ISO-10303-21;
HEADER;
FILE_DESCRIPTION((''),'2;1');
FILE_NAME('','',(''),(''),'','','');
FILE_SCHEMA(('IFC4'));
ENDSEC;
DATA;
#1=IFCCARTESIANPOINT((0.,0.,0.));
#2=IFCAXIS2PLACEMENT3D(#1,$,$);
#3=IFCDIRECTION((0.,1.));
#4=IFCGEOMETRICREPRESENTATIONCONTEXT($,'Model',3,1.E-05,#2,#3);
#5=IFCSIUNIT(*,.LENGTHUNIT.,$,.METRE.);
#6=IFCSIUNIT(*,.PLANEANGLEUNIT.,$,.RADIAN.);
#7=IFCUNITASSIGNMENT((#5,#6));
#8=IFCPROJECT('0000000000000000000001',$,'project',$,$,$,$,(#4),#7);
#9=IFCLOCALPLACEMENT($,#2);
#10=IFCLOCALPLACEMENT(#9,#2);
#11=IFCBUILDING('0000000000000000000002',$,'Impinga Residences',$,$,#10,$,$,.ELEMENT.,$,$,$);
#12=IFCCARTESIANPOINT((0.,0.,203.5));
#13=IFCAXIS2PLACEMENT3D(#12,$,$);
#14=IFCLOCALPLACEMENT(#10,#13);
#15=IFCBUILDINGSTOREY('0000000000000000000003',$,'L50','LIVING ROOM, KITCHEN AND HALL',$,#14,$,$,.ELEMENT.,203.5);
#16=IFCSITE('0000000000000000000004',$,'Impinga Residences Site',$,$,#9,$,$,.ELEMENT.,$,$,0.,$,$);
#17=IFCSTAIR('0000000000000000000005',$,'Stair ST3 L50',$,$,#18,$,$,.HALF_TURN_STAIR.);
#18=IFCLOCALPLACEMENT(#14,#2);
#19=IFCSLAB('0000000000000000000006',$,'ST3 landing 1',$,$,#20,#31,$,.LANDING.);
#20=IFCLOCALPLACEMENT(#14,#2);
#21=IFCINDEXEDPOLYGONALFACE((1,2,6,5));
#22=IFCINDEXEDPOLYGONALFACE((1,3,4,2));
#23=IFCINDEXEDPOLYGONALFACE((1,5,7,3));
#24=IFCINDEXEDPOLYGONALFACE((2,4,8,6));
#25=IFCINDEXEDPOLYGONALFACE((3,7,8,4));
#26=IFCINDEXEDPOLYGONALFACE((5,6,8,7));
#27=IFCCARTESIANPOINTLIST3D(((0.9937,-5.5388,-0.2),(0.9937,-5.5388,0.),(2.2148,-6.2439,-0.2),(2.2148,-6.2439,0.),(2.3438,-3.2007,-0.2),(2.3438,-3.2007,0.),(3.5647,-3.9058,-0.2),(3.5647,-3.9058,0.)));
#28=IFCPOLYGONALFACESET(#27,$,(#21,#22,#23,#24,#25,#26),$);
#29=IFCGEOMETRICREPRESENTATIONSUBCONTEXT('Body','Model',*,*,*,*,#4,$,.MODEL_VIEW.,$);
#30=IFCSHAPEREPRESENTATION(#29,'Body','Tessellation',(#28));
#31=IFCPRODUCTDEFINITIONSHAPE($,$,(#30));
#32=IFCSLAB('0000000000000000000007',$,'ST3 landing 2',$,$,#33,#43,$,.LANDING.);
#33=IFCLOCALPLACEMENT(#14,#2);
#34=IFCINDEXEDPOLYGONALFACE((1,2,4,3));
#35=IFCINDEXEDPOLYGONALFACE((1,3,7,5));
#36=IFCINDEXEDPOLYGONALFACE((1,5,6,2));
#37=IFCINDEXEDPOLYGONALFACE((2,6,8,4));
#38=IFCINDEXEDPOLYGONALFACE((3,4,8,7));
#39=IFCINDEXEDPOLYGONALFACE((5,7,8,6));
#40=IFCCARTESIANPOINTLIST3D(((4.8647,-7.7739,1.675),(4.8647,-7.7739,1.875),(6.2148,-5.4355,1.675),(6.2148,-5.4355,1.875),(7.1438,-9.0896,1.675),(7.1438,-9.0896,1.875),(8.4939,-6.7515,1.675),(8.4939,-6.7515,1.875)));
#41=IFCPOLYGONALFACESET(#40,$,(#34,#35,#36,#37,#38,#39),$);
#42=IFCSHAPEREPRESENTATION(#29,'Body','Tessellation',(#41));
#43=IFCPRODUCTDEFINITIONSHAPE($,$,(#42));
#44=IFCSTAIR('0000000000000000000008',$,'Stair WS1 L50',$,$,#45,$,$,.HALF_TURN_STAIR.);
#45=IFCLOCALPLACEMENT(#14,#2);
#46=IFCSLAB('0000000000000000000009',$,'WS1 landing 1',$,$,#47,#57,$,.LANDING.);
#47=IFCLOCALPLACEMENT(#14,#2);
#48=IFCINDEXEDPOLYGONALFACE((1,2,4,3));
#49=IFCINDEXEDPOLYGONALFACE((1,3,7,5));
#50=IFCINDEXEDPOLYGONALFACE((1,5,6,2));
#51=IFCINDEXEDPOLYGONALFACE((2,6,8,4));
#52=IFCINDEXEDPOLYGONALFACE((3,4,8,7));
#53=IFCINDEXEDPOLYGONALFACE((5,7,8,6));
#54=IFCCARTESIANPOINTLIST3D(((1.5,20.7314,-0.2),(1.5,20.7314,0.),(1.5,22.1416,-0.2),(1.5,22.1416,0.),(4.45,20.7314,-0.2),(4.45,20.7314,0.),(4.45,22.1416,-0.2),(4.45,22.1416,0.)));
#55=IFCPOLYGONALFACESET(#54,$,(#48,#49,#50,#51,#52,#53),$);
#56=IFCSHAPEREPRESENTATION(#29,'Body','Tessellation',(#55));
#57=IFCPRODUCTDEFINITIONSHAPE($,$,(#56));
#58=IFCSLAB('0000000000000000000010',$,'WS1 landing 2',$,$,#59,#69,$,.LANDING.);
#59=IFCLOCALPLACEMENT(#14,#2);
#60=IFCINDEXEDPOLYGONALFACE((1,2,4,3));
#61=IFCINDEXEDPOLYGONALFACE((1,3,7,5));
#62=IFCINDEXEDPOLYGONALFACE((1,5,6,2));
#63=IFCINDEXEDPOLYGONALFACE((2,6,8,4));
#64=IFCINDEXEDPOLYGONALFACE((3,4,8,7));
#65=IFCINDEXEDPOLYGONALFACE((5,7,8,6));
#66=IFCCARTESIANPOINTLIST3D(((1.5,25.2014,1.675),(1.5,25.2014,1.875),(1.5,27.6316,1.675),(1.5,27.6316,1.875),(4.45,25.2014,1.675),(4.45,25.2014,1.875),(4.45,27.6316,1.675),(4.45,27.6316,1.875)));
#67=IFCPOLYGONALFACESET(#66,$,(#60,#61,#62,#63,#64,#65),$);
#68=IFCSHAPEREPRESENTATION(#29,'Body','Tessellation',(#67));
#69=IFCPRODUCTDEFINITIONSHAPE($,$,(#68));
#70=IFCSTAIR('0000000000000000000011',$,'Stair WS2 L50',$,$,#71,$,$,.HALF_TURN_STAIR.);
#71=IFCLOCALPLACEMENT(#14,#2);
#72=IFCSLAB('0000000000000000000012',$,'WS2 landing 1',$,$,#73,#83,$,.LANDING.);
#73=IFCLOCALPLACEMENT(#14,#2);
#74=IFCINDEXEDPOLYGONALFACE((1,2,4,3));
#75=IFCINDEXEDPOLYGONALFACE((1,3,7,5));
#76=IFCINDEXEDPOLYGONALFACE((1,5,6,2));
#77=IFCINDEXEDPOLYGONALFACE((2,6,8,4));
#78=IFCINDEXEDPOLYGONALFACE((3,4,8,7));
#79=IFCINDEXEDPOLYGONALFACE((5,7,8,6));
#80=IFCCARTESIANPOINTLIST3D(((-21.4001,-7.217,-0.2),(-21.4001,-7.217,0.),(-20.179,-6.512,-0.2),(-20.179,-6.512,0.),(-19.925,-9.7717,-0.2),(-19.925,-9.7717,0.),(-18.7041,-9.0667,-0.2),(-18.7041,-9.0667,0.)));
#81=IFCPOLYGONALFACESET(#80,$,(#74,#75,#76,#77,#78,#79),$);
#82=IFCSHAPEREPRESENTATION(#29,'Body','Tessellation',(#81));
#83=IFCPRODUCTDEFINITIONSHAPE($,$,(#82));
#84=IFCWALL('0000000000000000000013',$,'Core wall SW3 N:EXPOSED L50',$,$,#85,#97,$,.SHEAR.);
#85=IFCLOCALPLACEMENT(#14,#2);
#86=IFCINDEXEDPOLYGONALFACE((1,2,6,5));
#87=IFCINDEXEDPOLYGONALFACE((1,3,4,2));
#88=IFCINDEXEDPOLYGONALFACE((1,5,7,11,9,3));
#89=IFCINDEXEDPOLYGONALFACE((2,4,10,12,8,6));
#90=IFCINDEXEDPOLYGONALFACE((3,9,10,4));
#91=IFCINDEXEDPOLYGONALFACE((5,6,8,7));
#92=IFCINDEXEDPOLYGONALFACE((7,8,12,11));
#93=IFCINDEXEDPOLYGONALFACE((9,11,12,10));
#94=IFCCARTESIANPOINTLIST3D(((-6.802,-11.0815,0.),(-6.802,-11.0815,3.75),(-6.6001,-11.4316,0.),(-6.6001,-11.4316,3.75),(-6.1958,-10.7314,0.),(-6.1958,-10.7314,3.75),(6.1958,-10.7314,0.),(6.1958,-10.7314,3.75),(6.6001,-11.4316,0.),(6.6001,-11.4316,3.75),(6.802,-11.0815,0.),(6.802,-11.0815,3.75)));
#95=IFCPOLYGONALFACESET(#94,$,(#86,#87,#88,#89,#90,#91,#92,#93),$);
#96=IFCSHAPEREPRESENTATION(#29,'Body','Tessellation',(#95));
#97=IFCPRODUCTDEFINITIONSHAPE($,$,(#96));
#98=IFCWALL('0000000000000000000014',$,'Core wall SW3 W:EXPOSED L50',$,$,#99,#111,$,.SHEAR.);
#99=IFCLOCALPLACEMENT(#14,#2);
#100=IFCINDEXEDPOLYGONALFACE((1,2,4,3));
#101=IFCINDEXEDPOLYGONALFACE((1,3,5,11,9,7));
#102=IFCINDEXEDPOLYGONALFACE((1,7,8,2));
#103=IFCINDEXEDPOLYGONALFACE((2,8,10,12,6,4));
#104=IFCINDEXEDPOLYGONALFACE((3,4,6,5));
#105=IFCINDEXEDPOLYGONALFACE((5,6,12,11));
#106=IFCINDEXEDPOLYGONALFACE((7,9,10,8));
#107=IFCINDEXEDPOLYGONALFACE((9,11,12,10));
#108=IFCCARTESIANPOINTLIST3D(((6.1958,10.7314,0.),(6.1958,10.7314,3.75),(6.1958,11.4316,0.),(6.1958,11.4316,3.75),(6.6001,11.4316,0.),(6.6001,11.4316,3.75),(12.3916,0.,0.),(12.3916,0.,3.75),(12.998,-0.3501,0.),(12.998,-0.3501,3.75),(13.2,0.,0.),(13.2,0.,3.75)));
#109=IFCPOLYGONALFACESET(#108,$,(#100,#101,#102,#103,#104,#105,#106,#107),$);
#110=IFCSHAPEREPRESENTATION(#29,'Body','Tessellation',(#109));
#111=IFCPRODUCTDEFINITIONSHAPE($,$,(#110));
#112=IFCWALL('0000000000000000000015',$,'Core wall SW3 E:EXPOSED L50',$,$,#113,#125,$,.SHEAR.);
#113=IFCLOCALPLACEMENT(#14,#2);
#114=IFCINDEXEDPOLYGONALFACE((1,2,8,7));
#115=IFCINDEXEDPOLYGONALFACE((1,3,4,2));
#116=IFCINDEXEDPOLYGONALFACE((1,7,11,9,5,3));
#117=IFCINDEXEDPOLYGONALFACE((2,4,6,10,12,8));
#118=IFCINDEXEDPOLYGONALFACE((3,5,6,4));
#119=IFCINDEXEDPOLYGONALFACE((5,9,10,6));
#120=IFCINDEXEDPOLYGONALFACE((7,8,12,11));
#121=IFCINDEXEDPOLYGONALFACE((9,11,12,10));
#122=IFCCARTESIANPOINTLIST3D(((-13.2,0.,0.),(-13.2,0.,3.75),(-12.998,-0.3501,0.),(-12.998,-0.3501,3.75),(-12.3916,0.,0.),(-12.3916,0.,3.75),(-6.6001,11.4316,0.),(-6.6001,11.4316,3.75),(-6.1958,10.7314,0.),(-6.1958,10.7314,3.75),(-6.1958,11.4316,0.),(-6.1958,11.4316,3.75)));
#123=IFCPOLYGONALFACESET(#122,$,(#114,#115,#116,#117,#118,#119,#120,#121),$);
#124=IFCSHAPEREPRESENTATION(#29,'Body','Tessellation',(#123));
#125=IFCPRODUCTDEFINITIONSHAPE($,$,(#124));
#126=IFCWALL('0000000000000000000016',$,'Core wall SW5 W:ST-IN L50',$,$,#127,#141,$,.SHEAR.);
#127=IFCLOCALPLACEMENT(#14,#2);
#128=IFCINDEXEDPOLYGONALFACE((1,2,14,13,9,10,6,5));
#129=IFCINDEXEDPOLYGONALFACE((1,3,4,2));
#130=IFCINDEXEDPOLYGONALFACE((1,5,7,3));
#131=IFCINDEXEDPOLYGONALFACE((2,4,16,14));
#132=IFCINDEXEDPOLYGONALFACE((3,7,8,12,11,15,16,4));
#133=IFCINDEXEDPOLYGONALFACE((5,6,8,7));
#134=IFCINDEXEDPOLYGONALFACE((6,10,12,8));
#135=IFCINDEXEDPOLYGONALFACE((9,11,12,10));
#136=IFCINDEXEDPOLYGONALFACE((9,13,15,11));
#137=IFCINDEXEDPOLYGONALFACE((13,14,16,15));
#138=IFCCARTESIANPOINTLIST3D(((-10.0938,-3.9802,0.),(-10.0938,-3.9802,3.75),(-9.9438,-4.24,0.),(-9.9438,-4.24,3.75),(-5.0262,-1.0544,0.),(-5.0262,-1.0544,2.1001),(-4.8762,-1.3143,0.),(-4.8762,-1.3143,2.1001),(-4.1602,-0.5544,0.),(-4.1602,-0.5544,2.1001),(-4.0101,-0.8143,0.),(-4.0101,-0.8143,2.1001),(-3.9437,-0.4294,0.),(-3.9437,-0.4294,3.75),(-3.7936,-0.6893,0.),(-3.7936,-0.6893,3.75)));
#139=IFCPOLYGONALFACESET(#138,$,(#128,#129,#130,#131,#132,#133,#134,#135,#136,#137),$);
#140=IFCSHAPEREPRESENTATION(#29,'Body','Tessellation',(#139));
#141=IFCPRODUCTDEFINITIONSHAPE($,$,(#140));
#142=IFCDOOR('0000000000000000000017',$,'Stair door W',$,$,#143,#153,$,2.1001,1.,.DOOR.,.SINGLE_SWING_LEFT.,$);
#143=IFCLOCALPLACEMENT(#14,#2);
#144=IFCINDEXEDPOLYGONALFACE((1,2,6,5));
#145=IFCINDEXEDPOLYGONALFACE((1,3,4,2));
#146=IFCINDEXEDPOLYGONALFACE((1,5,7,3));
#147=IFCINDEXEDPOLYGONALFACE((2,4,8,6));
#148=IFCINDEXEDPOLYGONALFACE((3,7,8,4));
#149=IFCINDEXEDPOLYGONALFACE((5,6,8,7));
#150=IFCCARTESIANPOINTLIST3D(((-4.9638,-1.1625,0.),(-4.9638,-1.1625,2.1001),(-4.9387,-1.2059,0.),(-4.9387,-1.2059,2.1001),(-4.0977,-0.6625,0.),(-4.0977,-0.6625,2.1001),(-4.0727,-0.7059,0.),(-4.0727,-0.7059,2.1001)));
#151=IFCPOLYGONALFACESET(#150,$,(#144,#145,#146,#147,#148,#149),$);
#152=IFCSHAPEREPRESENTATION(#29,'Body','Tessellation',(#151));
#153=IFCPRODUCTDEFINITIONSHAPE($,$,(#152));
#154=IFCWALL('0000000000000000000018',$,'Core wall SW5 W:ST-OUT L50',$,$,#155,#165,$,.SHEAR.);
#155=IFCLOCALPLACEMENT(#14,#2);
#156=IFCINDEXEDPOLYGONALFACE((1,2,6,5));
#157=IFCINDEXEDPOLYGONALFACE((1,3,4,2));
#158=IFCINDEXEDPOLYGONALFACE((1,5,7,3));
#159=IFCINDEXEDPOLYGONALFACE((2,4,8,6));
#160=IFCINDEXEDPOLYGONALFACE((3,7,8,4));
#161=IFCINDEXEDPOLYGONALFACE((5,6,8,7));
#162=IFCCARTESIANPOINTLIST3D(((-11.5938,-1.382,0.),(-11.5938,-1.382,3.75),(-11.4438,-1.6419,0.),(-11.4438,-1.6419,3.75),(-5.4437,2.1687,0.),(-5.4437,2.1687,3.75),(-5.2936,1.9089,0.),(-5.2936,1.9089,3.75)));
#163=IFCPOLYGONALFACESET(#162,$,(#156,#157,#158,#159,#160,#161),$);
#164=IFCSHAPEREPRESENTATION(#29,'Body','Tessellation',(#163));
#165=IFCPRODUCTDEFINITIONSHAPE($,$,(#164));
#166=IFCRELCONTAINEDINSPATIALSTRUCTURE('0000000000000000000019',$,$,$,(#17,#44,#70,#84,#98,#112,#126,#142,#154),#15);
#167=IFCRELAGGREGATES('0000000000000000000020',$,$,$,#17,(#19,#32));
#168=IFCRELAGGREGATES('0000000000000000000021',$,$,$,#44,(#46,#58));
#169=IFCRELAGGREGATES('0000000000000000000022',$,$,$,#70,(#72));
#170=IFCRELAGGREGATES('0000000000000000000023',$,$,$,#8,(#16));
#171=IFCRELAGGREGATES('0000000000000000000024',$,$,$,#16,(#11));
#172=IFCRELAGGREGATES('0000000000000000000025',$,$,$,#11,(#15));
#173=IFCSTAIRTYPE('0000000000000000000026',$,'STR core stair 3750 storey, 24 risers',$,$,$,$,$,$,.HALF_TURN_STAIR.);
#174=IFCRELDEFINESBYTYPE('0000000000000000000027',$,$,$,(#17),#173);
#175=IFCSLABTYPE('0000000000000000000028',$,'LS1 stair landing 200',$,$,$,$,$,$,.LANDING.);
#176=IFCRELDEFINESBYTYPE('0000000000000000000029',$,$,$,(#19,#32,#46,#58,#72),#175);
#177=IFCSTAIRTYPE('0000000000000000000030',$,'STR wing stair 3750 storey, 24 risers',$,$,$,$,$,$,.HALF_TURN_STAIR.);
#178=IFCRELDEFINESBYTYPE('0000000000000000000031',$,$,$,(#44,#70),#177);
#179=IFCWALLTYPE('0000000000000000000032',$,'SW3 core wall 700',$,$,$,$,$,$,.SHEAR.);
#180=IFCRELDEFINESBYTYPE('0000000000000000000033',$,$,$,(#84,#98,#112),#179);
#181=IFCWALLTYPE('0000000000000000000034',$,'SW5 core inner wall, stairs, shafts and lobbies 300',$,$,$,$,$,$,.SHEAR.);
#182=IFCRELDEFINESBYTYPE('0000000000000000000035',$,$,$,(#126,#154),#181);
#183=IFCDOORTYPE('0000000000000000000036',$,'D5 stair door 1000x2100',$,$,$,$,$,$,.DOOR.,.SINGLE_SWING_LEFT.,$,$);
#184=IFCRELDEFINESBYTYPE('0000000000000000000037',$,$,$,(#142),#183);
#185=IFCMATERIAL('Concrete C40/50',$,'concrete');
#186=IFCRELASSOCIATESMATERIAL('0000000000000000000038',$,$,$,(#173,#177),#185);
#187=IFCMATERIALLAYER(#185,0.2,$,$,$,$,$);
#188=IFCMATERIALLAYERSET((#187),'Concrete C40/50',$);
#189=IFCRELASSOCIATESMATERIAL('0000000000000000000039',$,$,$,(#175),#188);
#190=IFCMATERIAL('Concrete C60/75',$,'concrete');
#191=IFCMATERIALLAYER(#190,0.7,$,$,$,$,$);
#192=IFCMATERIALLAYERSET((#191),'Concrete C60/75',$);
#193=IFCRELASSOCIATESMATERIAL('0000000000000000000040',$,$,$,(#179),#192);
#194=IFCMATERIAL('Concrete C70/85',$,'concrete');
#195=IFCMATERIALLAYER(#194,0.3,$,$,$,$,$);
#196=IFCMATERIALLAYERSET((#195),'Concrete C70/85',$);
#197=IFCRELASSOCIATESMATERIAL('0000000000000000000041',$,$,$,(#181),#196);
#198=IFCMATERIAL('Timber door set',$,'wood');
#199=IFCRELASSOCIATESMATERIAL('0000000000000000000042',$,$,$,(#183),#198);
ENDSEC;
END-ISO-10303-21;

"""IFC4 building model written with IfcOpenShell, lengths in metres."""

from ifc_helpers import new_model, si_unit, direction, frame, frame_2d, origin, place, context, subcontext, project, spatial, polyline, rectangle, outline, extrude, material, layer, layer_set, type_object, element, fill, aggregate, save


model = new_model("IFC4")

# Units and contexts
model_context = context("Model", 3, precision=1e-05, world=origin(), true_north=direction((0.0, 1.0)))
body_context = subcontext(model_context, "Body", "Model", "MODEL_VIEW")
ifc_project = project(units=[si_unit("LENGTHUNIT", "METRE"), si_unit("PLANEANGLEUNIT", "RADIAN")], contexts=[model_context])

# Site, building, storey
site_placement = place(None, origin())
site = spatial("IfcSite", under=ifc_project, at=site_placement, Name="Impinga Residences Site", CompositionType="ELEMENT", RefElevation=0.0)
building_placement = place(site_placement, origin())
building = spatial("IfcBuilding", under=site, at=building_placement, Name="Impinga Residences", CompositionType="ELEMENT")
storey_placement = place(building_placement, frame((0.0, 0.0, 203.5)))
storey = spatial("IfcBuildingStorey", under=building, at=storey_placement, Name="L50", Description="LIVING ROOM, KITCHEN AND HALL", CompositionType="ELEMENT", Elevation=203.5)

# Shared definitions
ifc_material_1 = material(Name="Concrete C60/75", Category="concrete")

# Stairs, slabs
ifc_material_2 = material(Name="Concrete C40/50", Category="concrete")
stair_type_1 = type_object("IfcStairType", Name="STR core stair 3750 storey, 24 risers", PredefinedType="HALF_TURN_STAIR", material=ifc_material_2)
ifc_layer_1 = layer(ifc_material_2, 0.2)
ifc_layer_set_1 = layer_set([ifc_layer_1], Name="Concrete C40/50")
slab_type_1 = type_object("IfcSlabType", Name="LS1 stair landing 200", PredefinedType="LANDING", material=ifc_layer_set_1)
stair_1_placement = place(storey_placement, origin())
stair_1 = element("IfcStair", 1, at=stair_1_placement, inside=storey, type_object=stair_type_1, Name="Stair ST3 L50", PredefinedType="HALF_TURN_STAIR")
slab_1_placement = place(storey_placement, frame((0.0, 0.0, -0.2)))
slab_1 = element("IfcSlab", 2, at=slab_1_placement, type_object=slab_type_1, Name="ST3 landing 1", PredefinedType="LANDING", context=body_context, shape_type="SweptSolid", body=[
    extrude(outline(polyline([(2.3438, -3.2007), (0.9937, -5.5388), (2.2148, -6.2439), (3.5647, -3.9058), (2.3438, -3.2007)])), origin(), (0.0, 0.0, 1.0), 0.2),
])
slab_2_placement = place(storey_placement, frame((0.0, 0.0, 1.675)))
slab_2 = element("IfcSlab", 3, at=slab_2_placement, type_object=slab_type_1, Name="ST3 landing 2", PredefinedType="LANDING", context=body_context, shape_type="SweptSolid", body=[
    extrude(outline(polyline([(6.2148, -5.4355), (4.8647, -7.7739), (7.1438, -9.0896), (8.4939, -6.7515), (6.2148, -5.4355)])), origin(), (0.0, 0.0, 1.0), 0.2),
])
aggregate(stair_1, [slab_1, slab_2])
stair_type_2 = type_object("IfcStairType", Name="STR wing stair 3750 storey, 24 risers", PredefinedType="HALF_TURN_STAIR", material=ifc_material_2)
stair_2_placement = place(storey_placement, origin())
stair_2 = element("IfcStair", 4, at=stair_2_placement, inside=storey, type_object=stair_type_2, Name="Stair WS1 L50", PredefinedType="HALF_TURN_STAIR")
slab_3_placement = place(storey_placement, frame((0.0, 0.0, -0.2)))
slab_3 = element("IfcSlab", 5, at=slab_3_placement, type_object=slab_type_1, Name="WS1 landing 1", PredefinedType="LANDING", context=body_context, shape_type="SweptSolid", body=[
    extrude(outline(polyline([(1.5, 20.7314), (4.45, 20.7314), (4.45, 22.1416), (1.5, 22.1416), (1.5, 20.7314)])), origin(), (0.0, 0.0, 1.0), 0.2),
])
slab_4_placement = place(storey_placement, frame((0.0, 0.0, 1.675)))
slab_4 = element("IfcSlab", 6, at=slab_4_placement, type_object=slab_type_1, Name="WS1 landing 2", PredefinedType="LANDING", context=body_context, shape_type="SweptSolid", body=[
    extrude(outline(polyline([(1.5, 25.2014), (4.45, 25.2014), (4.45, 27.6316), (1.5, 27.6316), (1.5, 25.2014)])), origin(), (0.0, 0.0, 1.0), 0.2),
])
aggregate(stair_2, [slab_3, slab_4])

# Stair, slab
stair_3_placement = place(storey_placement, origin())
stair_3 = element("IfcStair", 7, at=stair_3_placement, inside=storey, type_object=stair_type_2, Name="Stair WS2 L50", PredefinedType="HALF_TURN_STAIR")
slab_5_placement = place(storey_placement, frame((0.0, 0.0, -0.2)))
slab_5 = element("IfcSlab", 8, at=slab_5_placement, type_object=slab_type_1, Name="WS2 landing 1", PredefinedType="LANDING", context=body_context, shape_type="SweptSolid", body=[
    extrude(outline(polyline([(-18.7041, -9.0667), (-20.179, -6.512), (-21.4001, -7.217), (-19.925, -9.7717), (-18.7041, -9.0667)])), origin(), (0.0, 0.0, 1.0), 0.2),
])
aggregate(stair_3, [slab_5])

# Walls
ifc_layer_2 = layer(ifc_material_1, 0.7)
ifc_layer_set_2 = layer_set([ifc_layer_2], Name="Concrete C60/75")
wall_type_1 = type_object("IfcWallType", Name="SW3 core wall 700", PredefinedType="SHEAR", material=ifc_layer_set_2)
wall_1_placement = place(storey_placement, origin())
element("IfcWall", 9, at=wall_1_placement, inside=storey, type_object=wall_type_1, Name="Core wall SW3 N:EXPOSED L50", PredefinedType="SHEAR", context=body_context, shape_type="SweptSolid", body=[
    extrude(outline(polyline([(-6.6001, -11.4316), (6.6001, -11.4316), (6.802, -11.0815), (6.1958, -10.7314), (-6.1958, -10.7314), (-6.802, -11.0815), (-6.6001, -11.4316)])), origin(), (0.0, 0.0, 1.0), 3.75),
])
wall_2_placement = place(storey_placement, origin())
element("IfcWall", 10, at=wall_2_placement, inside=storey, type_object=wall_type_1, Name="Core wall SW3 W:EXPOSED L50", PredefinedType="SHEAR", context=body_context, shape_type="SweptSolid", body=[
    extrude(outline(polyline([(13.2, 0.0), (6.6001, 11.4316), (6.1958, 11.4316), (6.1958, 10.7314), (12.3916, 0.0), (12.998, -0.3501), (13.2, 0.0)])), origin(), (0.0, 0.0, 1.0), 3.75),
])
wall_3_placement = place(storey_placement, origin())
element("IfcWall", 11, at=wall_3_placement, inside=storey, type_object=wall_type_1, Name="Core wall SW3 E:EXPOSED L50", PredefinedType="SHEAR", context=body_context, shape_type="SweptSolid", body=[
    extrude(outline(polyline([(-6.6001, 11.4316), (-13.2, 0.0), (-12.998, -0.3501), (-12.3916, 0.0), (-6.1958, 10.7314), (-6.1958, 11.4316), (-6.6001, 11.4316)])), origin(), (0.0, 0.0, 1.0), 3.75),
])

# Wall, opening, door
ifc_material_3 = material(Name="Concrete C70/85", Category="concrete")
ifc_layer_3 = layer(ifc_material_3, 0.3)
ifc_layer_set_3 = layer_set([ifc_layer_3], Name="Concrete C70/85")
wall_type_2 = type_object("IfcWallType", Name="SW5 core inner wall, stairs, shafts and lobbies 300", PredefinedType="SHEAR", material=ifc_layer_set_3)
wall_4_placement = place(storey_placement, frame((-3.8687, -0.5593, 0.0), z_axis=(0.0, 0.0, 1.0), x_axis=(-0.866026, -0.499999, 0.0)))
wall_4 = element("IfcWall", 12, at=wall_4_placement, inside=storey, type_object=wall_type_2, Name="Core wall SW5 W:ST-IN L50", PredefinedType="SHEAR", context=body_context, shape_type="SweptSolid", body=[
    extrude(rectangle(XDim=7.1016, YDim=0.3, at=frame_2d((3.5508, 0.0))), origin(), (0.0, 0.0, 1.0), 3.75),
])
opening_1_placement = place(wall_4_placement, frame((0.25, 0.0, 0.0)))
opening_1 = element("IfcOpeningElement", 13, at=opening_1_placement, cuts=wall_4, PredefinedType="OPENING", context=body_context, shape_type="SweptSolid", body=[
    extrude(rectangle(XDim=1.0, YDim=2.1001, at=frame_2d((0.5, 1.05))), frame((0.0, 0.1599, 0.0), z_axis=(0.0, -1.0, 0.0), x_axis=(1.0, 0.0, 0.0)), (0.0, 0.0, 1.0), 0.3201),
])
ifc_material_4 = material(Name="Timber door set", Category="wood")
door_type_1 = type_object("IfcDoorType", Name="D5 stair door 1000x2100", OperationType="SINGLE_SWING_LEFT", PredefinedType="DOOR", material=ifc_material_4)
door_1_placement = place(opening_1_placement, origin())
door_1 = element("IfcDoor", 14, at=door_1_placement, inside=storey, type_object=door_type_1, Name="Stair door W", OperationType="SINGLE_SWING_LEFT", OverallHeight=2.1001, OverallWidth=1.0, PredefinedType="DOOR", context=body_context, shape_type="SweptSolid", body=[
    extrude(rectangle(XDim=1.0, YDim=2.1001, at=frame_2d((0.5, 1.05))), frame((0.0, 0.0249, 0.0), z_axis=(0.0, -1.0, 0.0), x_axis=(1.0, 0.0, 0.0)), (0.0, 0.0, 1.0), 0.05),
])
fill(opening_1, door_1)

# Wall
wall_5_placement = place(storey_placement, frame((-5.3687, 2.0388, 0.0), z_axis=(0.0, 0.0, 1.0), x_axis=(-0.866026, -0.499999, 0.0)))
element("IfcWall", 15, at=wall_5_placement, inside=storey, type_object=wall_type_2, Name="Core wall SW5 W:ST-OUT L50", PredefinedType="SHEAR", context=body_context, shape_type="SweptSolid", body=[
    extrude(rectangle(XDim=7.1016, YDim=0.3, at=frame_2d((3.5508, 0.0))), origin(), (0.0, 0.0, 1.0), 3.75),
])

save(model, "model.ifc")
